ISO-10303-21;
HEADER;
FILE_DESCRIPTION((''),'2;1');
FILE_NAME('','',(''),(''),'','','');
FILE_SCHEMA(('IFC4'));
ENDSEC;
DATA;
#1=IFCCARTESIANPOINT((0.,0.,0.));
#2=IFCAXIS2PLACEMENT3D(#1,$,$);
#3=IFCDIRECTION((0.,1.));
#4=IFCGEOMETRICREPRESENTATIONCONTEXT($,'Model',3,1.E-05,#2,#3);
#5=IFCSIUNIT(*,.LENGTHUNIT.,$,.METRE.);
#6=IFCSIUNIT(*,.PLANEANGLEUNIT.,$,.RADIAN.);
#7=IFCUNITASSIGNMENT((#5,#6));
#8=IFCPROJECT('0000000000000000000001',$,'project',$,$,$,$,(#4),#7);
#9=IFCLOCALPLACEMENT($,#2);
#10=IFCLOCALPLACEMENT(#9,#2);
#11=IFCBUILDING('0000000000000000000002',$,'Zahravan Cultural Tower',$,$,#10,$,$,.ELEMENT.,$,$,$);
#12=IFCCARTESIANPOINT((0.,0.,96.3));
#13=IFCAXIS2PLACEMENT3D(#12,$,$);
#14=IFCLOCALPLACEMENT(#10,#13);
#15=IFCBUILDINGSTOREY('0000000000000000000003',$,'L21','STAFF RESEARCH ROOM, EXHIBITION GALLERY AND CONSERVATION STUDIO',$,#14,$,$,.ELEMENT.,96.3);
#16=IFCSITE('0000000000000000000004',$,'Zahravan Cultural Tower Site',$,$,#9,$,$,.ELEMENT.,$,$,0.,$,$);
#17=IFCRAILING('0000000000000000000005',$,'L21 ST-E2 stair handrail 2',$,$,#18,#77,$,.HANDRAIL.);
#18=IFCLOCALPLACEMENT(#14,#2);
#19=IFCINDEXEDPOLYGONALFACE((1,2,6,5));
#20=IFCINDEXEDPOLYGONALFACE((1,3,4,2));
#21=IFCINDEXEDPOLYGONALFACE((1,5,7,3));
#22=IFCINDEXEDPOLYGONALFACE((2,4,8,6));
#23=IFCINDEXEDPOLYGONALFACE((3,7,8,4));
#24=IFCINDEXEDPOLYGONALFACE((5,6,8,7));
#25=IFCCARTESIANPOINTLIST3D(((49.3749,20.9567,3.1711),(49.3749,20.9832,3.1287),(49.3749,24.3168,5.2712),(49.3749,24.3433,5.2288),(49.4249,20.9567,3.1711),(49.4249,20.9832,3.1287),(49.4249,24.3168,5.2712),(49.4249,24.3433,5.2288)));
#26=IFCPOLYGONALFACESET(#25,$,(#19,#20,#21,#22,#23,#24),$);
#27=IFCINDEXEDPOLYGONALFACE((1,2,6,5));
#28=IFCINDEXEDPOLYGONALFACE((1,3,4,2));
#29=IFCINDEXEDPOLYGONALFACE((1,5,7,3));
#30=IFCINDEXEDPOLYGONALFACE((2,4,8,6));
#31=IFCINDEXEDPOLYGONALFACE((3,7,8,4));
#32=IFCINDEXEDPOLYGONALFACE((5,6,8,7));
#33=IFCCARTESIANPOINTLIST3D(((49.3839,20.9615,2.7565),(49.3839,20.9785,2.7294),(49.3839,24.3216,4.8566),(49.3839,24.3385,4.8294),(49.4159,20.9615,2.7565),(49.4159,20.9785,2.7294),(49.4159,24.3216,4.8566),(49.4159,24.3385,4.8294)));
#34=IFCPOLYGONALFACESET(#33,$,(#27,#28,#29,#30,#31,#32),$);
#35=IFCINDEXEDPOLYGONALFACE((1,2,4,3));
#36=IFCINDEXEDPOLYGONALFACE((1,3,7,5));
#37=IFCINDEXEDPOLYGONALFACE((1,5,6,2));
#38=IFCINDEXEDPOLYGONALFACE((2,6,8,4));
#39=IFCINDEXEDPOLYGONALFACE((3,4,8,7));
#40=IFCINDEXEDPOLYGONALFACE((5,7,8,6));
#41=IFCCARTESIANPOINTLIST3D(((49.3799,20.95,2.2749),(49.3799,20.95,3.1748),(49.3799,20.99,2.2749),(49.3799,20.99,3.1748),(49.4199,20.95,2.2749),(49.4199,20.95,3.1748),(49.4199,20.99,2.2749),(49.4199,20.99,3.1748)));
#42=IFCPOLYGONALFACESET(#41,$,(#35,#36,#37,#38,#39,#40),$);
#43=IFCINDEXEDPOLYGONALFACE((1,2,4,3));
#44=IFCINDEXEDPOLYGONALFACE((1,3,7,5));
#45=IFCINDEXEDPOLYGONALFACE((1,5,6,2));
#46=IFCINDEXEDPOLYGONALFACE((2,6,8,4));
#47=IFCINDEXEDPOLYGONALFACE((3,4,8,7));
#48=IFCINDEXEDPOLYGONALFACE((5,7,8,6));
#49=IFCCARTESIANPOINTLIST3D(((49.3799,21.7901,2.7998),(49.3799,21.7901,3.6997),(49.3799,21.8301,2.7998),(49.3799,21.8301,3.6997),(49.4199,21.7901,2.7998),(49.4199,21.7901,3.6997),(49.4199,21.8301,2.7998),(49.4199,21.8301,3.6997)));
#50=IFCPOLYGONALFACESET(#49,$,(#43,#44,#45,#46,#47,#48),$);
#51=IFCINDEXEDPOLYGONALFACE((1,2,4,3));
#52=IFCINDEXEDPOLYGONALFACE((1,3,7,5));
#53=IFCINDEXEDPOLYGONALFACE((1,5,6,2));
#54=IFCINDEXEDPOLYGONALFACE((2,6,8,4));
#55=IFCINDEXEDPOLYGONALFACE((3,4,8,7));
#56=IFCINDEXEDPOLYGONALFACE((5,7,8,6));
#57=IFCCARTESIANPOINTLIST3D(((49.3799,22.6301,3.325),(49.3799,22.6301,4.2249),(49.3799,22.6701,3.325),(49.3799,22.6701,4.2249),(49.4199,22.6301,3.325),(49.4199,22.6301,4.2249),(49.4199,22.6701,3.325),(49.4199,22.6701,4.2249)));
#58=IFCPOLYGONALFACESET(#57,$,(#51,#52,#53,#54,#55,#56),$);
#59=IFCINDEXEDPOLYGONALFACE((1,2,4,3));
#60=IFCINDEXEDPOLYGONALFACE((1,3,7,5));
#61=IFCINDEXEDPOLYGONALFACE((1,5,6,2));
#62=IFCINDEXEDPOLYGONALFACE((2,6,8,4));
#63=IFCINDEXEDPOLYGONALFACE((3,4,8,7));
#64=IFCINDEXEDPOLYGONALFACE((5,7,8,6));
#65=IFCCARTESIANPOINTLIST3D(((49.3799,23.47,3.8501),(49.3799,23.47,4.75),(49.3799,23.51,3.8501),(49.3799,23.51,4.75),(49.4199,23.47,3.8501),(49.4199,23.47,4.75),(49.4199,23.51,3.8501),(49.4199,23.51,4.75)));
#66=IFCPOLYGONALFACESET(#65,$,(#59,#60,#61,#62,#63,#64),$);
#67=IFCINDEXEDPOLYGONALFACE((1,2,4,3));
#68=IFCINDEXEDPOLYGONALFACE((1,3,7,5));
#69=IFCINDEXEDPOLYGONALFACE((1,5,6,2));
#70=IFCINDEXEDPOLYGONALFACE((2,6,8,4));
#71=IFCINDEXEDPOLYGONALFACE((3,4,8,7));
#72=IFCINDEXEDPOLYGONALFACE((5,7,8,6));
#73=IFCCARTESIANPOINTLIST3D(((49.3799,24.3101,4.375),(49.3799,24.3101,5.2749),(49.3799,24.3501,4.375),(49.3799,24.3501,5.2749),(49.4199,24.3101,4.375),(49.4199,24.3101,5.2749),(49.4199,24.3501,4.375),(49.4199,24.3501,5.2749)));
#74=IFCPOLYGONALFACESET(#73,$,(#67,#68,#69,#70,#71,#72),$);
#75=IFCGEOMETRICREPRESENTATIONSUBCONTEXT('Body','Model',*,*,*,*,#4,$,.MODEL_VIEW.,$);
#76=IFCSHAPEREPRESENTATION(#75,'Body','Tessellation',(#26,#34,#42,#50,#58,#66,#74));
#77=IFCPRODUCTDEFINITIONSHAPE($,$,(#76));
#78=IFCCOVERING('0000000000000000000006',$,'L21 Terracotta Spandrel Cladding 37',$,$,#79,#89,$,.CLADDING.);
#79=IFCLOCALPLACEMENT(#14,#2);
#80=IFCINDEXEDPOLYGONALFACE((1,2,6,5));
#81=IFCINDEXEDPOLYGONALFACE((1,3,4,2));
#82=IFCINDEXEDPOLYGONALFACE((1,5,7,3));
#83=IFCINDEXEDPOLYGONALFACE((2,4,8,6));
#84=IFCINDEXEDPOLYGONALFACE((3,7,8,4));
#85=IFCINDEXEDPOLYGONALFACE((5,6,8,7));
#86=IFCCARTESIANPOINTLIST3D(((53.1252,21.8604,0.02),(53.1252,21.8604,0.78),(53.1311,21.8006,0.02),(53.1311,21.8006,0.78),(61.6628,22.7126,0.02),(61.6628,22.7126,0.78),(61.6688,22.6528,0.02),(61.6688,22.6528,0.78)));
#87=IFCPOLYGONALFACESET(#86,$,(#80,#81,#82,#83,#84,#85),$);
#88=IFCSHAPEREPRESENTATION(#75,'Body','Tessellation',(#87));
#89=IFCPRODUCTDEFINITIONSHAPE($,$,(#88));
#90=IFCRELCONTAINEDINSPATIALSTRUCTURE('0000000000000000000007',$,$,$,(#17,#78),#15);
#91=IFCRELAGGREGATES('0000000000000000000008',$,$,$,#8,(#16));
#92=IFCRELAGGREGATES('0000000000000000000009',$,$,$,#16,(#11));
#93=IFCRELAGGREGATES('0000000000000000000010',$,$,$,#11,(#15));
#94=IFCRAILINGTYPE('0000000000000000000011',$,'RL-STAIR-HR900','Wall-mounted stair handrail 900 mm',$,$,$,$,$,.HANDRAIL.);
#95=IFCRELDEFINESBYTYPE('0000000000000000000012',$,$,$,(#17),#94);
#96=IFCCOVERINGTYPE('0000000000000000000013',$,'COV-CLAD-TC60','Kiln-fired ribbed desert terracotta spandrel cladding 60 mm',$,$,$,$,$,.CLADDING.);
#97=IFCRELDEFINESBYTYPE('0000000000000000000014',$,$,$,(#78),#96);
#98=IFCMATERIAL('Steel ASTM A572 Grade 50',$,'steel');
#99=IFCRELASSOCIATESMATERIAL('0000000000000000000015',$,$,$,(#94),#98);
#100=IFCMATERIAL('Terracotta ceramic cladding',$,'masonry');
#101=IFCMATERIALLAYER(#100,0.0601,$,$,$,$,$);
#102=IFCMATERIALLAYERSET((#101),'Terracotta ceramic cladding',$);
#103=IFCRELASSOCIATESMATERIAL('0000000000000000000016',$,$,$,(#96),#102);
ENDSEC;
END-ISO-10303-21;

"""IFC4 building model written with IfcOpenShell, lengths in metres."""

from ifc_helpers import new_model, si_unit, direction, frame, origin, origin_2d, place, context, subcontext, project, spatial, rectangle, extrude, source, transform, mapped, material, layer, layer_set, type_object, element, save


model = new_model("IFC4")

# Units and contexts
model_context = context("Model", 3, precision=1e-05, world=origin(), true_north=direction((0.0, 1.0)))
body_context = subcontext(model_context, "Body", "Model", "MODEL_VIEW")
ifc_project = project(units=[si_unit("LENGTHUNIT", "METRE"), si_unit("PLANEANGLEUNIT", "RADIAN")], contexts=[model_context])

# Site, building, storey
site_placement = place(None, origin())
site = spatial("IfcSite", under=ifc_project, at=site_placement, Name="Zahravan Cultural Tower Site", CompositionType="ELEMENT", RefElevation=0.0)
building_placement = place(site_placement, origin())
building = spatial("IfcBuilding", under=site, at=building_placement, Name="Zahravan Cultural Tower", CompositionType="ELEMENT")
storey_placement = place(building_placement, frame((0.0, 0.0, 96.3)))
storey = spatial("IfcBuildingStorey", under=building, at=storey_placement, Name="L21", Description="STAFF RESEARCH ROOM, EXHIBITION GALLERY AND CONSERVATION STUDIO", CompositionType="ELEMENT", Elevation=96.3)

# Shared definitions
ifc_material_1 = material(Name="Steel ASTM A572 Grade 50", Category="steel")

# Railing
railing_type_1 = type_object("IfcRailingType", Name="RL-STAIR-HR900", Description="Wall-mounted stair handrail 900 mm", PredefinedType="HANDRAIL", material=ifc_material_1)
railing_1_placement = place(storey_placement, frame((49.3999, 20.97, 2.2749)))
element("IfcRailing", 1, at=railing_1_placement, inside=storey, type_object=railing_type_1, Name="L21 ST-E2 stair handrail 2", PredefinedType="HANDRAIL", context=body_context, shape_type="SweptSolid", body=[
    extrude(rectangle(XDim=0.05, YDim=0.05, at=origin_2d()), frame((0.0, 0.0, 0.875), z_axis=(0.0, 0.847995, 0.530004), x_axis=(-1.0, 0.0, 0.0)), (0.0, 0.0, 1.0), 3.9624),
    extrude(rectangle(XDim=0.032, YDim=0.032, at=origin_2d()), frame((0.0, 0.0, 0.468), z_axis=(0.0, 0.847995, 0.530004), x_axis=(-1.0, 0.0, 0.0)), (0.0, 0.0, 1.0), 3.9624),
    extrude(rectangle(XDim=0.04, YDim=0.04, at=origin_2d()), origin(), (0.0, 0.0, 1.0), 0.8999),
    extrude(rectangle(XDim=0.04, YDim=0.04, at=origin_2d()), frame((0.0, 0.8401, 0.5249)), (0.0, 0.0, 1.0), 0.8999),
    extrude(rectangle(XDim=0.04, YDim=0.04, at=origin_2d()), frame((0.0, 1.6802, 1.05)), (0.0, 0.0, 1.0), 0.8999),
    extrude(rectangle(XDim=0.04, YDim=0.04, at=origin_2d()), frame((0.0, 2.52, 1.5752)), (0.0, 0.0, 1.0), 0.8999),
    extrude(rectangle(XDim=0.04, YDim=0.04, at=origin_2d()), frame((0.0, 3.3601, 2.1001)), (0.0, 0.0, 1.0), 0.8999),
])

# Covering
ifc_material_2 = material(Name="Terracotta ceramic cladding", Category="masonry")
ifc_layer_1 = layer(ifc_material_2, 0.0601)
ifc_layer_set_1 = layer_set([ifc_layer_1], Name="Terracotta ceramic cladding")
covering_type = type_object("IfcCoveringType", Name="COV-CLAD-TC60", Description="Kiln-fired ribbed desert terracotta spandrel cladding 60 mm", PredefinedType="CLADDING", material=ifc_layer_set_1)
shared_shape_1 = source(origin(), body_context, "Body", "SweptSolid", [
    extrude(rectangle(XDim=8.5801, YDim=0.0601, at=origin_2d()), origin(), (0.0, 0.0, 1.0), 0.76),
])
covering_placement = place(storey_placement, frame((57.397, 22.2566, 0.02), z_axis=(0.0, 0.0, 1.0), x_axis=(-0.995056, -0.09932, 0.0)))
element("IfcCovering", 2, at=covering_placement, inside=storey, type_object=covering_type, Name="L21 Terracotta Spandrel Cladding 37", PredefinedType="CLADDING", context=body_context, shape_type="MappedRepresentation", body=[
    mapped(shared_shape_1, transform((0.0, 0.0, 0.0), x_axis=(1.0, 0.0, 0.0), y_axis=(0.0, 1.0, 0.0), z_axis=(0.0, 0.0, 1.0), scale=1.0)),
])

save(model, "model.ifc")
